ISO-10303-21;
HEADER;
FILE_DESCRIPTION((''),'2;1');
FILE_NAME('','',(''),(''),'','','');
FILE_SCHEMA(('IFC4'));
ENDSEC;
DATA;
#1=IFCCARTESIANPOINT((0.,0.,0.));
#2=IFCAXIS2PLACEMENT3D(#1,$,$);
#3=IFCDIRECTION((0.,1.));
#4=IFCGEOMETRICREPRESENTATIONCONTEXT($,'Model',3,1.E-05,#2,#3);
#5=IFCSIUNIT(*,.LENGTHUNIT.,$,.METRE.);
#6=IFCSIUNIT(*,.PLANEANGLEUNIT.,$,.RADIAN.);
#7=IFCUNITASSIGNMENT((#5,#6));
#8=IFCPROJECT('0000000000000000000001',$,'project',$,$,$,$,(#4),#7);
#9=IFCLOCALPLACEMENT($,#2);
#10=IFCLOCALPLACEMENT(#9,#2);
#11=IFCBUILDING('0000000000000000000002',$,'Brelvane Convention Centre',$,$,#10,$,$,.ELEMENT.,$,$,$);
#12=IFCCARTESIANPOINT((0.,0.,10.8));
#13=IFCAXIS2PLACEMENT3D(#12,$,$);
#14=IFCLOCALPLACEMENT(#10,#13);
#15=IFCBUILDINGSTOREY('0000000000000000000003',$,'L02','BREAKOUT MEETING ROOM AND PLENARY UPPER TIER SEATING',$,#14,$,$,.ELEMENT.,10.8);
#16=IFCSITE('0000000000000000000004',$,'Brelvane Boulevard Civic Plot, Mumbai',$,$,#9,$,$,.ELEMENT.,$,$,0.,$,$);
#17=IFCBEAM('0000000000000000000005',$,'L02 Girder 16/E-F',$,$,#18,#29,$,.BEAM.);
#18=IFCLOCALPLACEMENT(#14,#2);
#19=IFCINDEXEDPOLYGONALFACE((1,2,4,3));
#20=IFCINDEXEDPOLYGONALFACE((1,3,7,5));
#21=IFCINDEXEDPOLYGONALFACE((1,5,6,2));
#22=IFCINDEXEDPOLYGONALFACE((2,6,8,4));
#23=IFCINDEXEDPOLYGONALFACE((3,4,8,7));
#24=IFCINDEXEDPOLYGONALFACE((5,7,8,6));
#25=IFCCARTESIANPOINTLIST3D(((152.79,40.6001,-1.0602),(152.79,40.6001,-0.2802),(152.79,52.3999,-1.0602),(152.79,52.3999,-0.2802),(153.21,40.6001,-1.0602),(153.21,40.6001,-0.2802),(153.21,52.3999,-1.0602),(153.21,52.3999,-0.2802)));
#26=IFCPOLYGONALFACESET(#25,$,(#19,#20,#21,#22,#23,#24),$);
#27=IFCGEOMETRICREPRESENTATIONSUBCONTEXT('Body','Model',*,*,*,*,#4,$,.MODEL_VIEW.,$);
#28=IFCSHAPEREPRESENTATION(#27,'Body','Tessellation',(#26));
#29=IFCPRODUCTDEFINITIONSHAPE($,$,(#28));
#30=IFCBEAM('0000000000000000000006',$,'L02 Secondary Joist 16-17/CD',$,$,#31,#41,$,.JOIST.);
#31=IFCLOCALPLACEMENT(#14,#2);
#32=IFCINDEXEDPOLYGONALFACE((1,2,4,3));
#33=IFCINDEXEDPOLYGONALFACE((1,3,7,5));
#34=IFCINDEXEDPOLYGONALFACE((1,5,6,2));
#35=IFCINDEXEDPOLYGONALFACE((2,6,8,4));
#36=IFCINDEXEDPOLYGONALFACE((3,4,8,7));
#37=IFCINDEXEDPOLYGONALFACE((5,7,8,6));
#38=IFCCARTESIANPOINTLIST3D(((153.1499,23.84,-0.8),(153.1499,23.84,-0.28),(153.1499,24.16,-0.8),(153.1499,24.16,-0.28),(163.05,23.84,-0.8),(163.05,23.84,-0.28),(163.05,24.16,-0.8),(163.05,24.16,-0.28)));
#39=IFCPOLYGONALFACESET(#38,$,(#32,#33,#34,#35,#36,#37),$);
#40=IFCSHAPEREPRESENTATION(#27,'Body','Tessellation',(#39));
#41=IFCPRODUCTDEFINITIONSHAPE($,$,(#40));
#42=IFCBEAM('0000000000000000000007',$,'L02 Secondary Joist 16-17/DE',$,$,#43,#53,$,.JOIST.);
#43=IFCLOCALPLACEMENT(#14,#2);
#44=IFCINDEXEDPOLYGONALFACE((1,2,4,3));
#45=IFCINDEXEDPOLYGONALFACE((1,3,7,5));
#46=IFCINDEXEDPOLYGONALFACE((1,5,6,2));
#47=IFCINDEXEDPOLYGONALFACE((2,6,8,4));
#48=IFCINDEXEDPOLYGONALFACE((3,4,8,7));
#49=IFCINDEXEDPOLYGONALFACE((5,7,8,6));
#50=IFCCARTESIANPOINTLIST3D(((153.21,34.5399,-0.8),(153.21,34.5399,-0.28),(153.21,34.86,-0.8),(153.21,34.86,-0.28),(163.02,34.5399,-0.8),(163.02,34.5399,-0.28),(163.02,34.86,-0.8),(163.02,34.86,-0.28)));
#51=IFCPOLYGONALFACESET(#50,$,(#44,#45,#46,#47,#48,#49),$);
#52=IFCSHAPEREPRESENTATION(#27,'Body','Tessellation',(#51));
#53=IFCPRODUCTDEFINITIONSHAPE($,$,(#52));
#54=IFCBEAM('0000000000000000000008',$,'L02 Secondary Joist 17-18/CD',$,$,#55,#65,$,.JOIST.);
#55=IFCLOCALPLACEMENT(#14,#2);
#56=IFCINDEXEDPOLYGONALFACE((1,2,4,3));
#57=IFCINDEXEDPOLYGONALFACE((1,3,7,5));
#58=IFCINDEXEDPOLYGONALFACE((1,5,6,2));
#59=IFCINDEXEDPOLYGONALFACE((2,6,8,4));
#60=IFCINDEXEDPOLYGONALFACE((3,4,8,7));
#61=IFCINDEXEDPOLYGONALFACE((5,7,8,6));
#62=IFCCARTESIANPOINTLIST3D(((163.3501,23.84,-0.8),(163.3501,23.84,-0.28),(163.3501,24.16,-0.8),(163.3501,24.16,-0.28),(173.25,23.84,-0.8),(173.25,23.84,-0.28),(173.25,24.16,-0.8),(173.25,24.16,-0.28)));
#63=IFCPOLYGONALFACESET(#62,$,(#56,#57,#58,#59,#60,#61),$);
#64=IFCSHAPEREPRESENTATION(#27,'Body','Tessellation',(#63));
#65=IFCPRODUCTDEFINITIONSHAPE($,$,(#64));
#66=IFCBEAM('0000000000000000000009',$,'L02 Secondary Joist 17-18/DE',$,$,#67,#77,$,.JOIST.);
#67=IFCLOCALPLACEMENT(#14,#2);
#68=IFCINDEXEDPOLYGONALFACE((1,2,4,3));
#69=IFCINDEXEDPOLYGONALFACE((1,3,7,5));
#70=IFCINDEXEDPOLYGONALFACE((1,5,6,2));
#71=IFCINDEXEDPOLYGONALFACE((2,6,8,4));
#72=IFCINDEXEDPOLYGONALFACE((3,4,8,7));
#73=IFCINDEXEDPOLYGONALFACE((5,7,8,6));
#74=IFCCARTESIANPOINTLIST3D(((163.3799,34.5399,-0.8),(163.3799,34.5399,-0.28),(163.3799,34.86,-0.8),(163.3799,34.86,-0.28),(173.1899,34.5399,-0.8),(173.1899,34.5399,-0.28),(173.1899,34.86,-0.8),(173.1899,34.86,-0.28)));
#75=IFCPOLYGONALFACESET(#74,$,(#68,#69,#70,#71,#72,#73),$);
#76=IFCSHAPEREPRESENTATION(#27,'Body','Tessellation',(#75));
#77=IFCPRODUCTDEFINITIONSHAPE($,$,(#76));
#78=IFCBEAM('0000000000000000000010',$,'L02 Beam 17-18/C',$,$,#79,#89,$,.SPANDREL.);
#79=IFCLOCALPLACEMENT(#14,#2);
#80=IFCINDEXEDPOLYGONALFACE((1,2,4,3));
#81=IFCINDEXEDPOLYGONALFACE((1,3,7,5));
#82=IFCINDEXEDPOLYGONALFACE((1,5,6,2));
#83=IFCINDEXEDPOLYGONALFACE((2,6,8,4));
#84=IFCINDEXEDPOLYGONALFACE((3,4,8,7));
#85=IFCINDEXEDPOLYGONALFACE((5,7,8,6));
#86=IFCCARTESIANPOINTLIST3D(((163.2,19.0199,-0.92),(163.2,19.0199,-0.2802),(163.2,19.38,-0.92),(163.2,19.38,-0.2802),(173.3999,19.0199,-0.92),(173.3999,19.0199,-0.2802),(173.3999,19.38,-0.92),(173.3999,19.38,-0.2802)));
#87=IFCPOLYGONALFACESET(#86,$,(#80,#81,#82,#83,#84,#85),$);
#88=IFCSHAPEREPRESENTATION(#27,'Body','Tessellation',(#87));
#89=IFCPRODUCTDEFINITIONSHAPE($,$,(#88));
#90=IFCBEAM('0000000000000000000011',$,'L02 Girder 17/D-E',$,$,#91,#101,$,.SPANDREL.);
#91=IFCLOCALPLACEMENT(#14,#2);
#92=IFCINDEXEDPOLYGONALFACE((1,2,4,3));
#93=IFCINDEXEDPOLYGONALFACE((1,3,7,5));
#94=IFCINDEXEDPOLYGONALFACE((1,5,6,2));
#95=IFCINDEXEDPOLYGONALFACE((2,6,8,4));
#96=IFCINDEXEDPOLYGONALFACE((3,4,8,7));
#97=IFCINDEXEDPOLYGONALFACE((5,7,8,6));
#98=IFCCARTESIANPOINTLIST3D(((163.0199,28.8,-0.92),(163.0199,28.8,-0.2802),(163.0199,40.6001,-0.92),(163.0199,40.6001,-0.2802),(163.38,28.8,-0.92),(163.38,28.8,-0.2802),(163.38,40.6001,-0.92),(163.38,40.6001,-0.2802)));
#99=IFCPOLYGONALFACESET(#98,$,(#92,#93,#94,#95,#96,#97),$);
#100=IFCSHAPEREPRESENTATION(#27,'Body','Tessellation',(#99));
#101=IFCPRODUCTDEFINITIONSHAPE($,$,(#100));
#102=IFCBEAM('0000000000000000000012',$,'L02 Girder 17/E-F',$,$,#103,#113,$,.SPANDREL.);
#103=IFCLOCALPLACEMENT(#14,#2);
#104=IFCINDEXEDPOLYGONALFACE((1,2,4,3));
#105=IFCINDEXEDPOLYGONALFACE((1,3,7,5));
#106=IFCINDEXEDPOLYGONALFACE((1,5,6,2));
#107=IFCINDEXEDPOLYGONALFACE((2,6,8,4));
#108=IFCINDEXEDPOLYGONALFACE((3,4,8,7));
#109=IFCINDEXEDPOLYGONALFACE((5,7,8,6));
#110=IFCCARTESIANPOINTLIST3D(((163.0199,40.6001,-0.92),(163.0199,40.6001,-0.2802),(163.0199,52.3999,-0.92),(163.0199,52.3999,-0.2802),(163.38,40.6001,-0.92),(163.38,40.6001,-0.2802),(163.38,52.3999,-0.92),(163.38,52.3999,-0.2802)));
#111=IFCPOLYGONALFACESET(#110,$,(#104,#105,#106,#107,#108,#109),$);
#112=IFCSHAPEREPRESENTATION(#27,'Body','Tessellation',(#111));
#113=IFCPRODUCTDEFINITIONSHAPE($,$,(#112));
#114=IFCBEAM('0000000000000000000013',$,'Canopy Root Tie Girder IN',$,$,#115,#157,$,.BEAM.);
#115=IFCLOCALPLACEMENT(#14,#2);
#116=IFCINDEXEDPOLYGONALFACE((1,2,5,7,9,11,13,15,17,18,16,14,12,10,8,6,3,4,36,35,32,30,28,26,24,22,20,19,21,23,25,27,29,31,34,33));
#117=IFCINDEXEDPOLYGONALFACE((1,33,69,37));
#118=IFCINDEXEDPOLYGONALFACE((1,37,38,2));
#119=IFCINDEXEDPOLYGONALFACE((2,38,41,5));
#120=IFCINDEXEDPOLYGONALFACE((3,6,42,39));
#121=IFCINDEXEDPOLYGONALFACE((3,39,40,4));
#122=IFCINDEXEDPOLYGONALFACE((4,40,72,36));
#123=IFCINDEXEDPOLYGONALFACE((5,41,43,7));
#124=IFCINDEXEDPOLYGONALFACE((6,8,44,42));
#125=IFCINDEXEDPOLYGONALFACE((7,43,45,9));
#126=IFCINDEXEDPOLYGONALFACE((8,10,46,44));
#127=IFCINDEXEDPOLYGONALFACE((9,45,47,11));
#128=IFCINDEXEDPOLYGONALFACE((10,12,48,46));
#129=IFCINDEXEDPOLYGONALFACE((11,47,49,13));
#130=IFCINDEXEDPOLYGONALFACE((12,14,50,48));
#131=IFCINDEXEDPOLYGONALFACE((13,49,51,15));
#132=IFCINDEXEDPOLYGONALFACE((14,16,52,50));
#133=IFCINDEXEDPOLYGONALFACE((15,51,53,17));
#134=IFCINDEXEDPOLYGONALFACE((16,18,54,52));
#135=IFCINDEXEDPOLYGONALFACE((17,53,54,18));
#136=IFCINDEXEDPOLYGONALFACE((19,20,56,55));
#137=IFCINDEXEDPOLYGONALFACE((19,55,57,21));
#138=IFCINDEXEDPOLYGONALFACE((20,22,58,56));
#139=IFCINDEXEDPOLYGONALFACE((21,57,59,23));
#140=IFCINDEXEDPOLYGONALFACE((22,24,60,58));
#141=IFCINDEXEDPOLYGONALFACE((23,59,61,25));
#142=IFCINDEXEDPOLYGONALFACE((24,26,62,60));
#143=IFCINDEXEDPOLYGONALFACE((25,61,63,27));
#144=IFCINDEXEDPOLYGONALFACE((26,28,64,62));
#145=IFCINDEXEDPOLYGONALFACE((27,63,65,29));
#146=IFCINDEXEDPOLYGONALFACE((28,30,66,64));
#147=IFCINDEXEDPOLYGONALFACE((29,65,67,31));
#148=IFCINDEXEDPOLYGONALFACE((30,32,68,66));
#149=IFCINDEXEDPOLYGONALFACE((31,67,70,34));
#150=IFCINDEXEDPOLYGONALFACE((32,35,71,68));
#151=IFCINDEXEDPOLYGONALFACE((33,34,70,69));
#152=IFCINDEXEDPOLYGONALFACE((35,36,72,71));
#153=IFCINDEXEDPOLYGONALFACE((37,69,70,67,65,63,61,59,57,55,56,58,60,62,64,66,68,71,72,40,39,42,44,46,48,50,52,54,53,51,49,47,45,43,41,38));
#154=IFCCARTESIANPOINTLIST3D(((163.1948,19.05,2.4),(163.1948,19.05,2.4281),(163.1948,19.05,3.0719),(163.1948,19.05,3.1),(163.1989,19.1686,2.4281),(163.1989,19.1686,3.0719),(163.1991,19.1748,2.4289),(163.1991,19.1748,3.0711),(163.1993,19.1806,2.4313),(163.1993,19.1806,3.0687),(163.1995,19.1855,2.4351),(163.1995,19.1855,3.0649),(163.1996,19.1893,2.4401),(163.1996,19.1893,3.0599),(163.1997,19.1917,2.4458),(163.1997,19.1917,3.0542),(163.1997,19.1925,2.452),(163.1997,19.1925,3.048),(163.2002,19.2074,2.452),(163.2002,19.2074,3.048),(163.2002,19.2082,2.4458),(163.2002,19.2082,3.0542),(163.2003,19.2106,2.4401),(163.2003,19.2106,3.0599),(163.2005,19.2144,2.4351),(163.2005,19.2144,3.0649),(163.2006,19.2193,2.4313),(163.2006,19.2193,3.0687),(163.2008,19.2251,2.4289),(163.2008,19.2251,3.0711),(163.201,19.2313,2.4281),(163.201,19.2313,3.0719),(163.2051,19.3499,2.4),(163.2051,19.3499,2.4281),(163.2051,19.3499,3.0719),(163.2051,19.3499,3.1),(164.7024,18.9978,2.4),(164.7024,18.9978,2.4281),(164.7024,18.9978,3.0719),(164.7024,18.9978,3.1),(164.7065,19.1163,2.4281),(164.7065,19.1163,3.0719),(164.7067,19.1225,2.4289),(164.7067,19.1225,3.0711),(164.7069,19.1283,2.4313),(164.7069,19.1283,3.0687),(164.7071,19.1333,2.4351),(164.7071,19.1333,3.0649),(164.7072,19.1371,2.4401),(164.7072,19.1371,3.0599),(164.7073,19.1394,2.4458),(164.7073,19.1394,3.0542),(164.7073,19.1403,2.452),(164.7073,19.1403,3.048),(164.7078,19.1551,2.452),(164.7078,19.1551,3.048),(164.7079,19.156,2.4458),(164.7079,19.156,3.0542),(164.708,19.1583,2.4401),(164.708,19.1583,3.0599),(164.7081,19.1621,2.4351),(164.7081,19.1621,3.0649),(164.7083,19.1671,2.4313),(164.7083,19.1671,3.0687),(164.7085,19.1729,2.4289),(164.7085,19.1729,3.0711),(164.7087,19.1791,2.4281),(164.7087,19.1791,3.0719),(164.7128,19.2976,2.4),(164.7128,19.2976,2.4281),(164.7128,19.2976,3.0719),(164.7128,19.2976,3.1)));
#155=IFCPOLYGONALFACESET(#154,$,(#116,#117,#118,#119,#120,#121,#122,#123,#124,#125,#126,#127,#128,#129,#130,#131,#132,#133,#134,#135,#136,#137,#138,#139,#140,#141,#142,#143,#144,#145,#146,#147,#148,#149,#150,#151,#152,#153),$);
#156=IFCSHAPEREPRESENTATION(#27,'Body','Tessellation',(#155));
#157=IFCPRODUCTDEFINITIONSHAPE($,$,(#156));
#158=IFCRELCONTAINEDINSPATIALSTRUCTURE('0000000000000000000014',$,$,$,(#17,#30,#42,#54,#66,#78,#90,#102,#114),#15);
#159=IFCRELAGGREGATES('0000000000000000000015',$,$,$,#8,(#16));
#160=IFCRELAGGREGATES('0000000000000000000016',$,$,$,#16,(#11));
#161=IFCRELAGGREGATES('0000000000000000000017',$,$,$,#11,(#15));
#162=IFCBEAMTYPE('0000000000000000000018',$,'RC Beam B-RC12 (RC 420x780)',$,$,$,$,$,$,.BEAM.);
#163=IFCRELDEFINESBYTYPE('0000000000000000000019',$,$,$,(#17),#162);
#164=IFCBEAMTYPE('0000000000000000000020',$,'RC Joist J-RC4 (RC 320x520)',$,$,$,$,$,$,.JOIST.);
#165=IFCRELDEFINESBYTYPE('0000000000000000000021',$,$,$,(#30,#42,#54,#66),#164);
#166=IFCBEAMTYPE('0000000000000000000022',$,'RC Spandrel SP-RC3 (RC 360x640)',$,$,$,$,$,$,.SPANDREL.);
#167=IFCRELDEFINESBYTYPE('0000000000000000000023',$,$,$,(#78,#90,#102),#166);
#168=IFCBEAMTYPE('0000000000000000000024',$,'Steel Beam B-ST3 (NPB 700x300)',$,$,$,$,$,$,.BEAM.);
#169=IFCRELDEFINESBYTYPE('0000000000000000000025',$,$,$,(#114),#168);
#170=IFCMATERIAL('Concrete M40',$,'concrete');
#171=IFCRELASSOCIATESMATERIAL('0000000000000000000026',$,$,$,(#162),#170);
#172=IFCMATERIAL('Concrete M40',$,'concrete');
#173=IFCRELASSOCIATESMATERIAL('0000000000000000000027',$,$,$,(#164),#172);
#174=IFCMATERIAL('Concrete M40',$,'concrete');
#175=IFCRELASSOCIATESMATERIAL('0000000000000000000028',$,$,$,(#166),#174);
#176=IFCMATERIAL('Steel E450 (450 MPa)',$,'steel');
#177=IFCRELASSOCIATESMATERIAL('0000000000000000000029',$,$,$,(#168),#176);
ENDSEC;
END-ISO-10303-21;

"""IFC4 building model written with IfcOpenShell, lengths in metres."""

from ifc_helpers import new_model, si_unit, direction, frame, origin, origin_2d, place, context, subcontext, project, spatial, rectangle, i_section, extrude, material, material_profile, profile_set, type_object, element, save


model = new_model("IFC4")

# Units and contexts
model_context = context("Model", 3, precision=1e-05, world=origin(), true_north=direction((0.0, 1.0)))
body_context = subcontext(model_context, "Body", "Model", "MODEL_VIEW")
ifc_project = project(units=[si_unit("LENGTHUNIT", "METRE"), si_unit("PLANEANGLEUNIT", "RADIAN")], contexts=[model_context])

# Site, building, storey
site_placement = place(None, origin())
site = spatial("IfcSite", under=ifc_project, at=site_placement, Name="Brelvane Boulevard Civic Plot, Mumbai", CompositionType="ELEMENT", RefElevation=0.0)
building_placement = place(site_placement, origin())
building = spatial("IfcBuilding", under=site, at=building_placement, Name="Brelvane Convention Centre", CompositionType="ELEMENT")
storey_placement = place(building_placement, frame((0.0, 0.0, 10.8)))
storey = spatial("IfcBuildingStorey", under=building, at=storey_placement, Name="L02", Description="BREAKOUT MEETING ROOM AND PLENARY UPPER TIER SEATING", CompositionType="ELEMENT", Elevation=10.8)

# Beams
ifc_material_1 = material(Name="Concrete M40", Category="concrete")
ifc_material_profile_1 = material_profile(ifc_material_1, rectangle(XDim=0.4199, YDim=0.78, at=origin_2d()), Name="RC 420x780")
ifc_profile_set_1 = profile_set([ifc_material_profile_1], Name="Concrete M40")
beam_type_1 = type_object("IfcBeamType", Name="RC Beam B-RC12 (RC 420x780)", PredefinedType="BEAM", material=ifc_profile_set_1)
beam_1_placement = place(storey_placement, frame((153.0, 40.6001, -0.6702), z_axis=(0.0, 1.0, 0.0), x_axis=(-1.0, 0.0, 0.0)))
element("IfcBeam", 1, at=beam_1_placement, inside=storey, type_object=beam_type_1, Name="L02 Girder 16/E-F", PredefinedType="BEAM", context=body_context, shape_type="SweptSolid", body=[
    extrude(rectangle(XDim=0.4199, YDim=0.78, at=origin_2d()), origin(), (0.0, 0.0, 1.0), 11.7998),
])
ifc_material_2 = material(Name="Concrete M40", Category="concrete")
ifc_material_profile_2 = material_profile(ifc_material_2, rectangle(XDim=0.3201, YDim=0.52, at=origin_2d()), Name="RC 320x520")
ifc_profile_set_2 = profile_set([ifc_material_profile_2], Name="Concrete M40")
beam_type_2 = type_object("IfcBeamType", Name="RC Joist J-RC4 (RC 320x520)", PredefinedType="JOIST", material=ifc_profile_set_2)
beam_2_placement = place(storey_placement, frame((153.1499, 24.0, -0.54), z_axis=(1.0, 0.0, 0.0), x_axis=(0.0, 1.0, 0.0)))
element("IfcBeam", 2, at=beam_2_placement, inside=storey, type_object=beam_type_2, Name="L02 Secondary Joist 16-17/CD", PredefinedType="JOIST", context=body_context, shape_type="SweptSolid", body=[
    extrude(rectangle(XDim=0.3201, YDim=0.52, at=origin_2d()), origin(), (0.0, 0.0, 1.0), 9.9001),
])
beam_3_placement = place(storey_placement, frame((153.21, 34.7, -0.54), z_axis=(1.0, 0.0, 0.0), x_axis=(0.0, 1.0, 0.0)))
element("IfcBeam", 3, at=beam_3_placement, inside=storey, type_object=beam_type_2, Name="L02 Secondary Joist 16-17/DE", PredefinedType="JOIST", context=body_context, shape_type="SweptSolid", body=[
    extrude(rectangle(XDim=0.3201, YDim=0.52, at=origin_2d()), origin(), (0.0, 0.0, 1.0), 9.8101),
])
beam_4_placement = place(storey_placement, frame((163.3501, 24.0, -0.54), z_axis=(1.0, 0.0, 0.0), x_axis=(0.0, 1.0, 0.0)))
element("IfcBeam", 4, at=beam_4_placement, inside=storey, type_object=beam_type_2, Name="L02 Secondary Joist 17-18/CD", PredefinedType="JOIST", context=body_context, shape_type="SweptSolid", body=[
    extrude(rectangle(XDim=0.3201, YDim=0.52, at=origin_2d()), origin(), (0.0, 0.0, 1.0), 9.8999),
])
beam_5_placement = place(storey_placement, frame((163.3799, 34.7, -0.54), z_axis=(1.0, 0.0, 0.0), x_axis=(0.0, 1.0, 0.0)))
element("IfcBeam", 5, at=beam_5_placement, inside=storey, type_object=beam_type_2, Name="L02 Secondary Joist 17-18/DE", PredefinedType="JOIST", context=body_context, shape_type="SweptSolid", body=[
    extrude(rectangle(XDim=0.3201, YDim=0.52, at=origin_2d()), origin(), (0.0, 0.0, 1.0), 9.8101),
])
ifc_material_3 = material(Name="Concrete M40", Category="concrete")
ifc_material_profile_3 = material_profile(ifc_material_3, rectangle(XDim=0.3601, YDim=0.6399, at=origin_2d()), Name="RC 360x640")
ifc_profile_set_3 = profile_set([ifc_material_profile_3], Name="Concrete M40")
beam_type_3 = type_object("IfcBeamType", Name="RC Spandrel SP-RC3 (RC 360x640)", PredefinedType="SPANDREL", material=ifc_profile_set_3)
beam_6_placement = place(storey_placement, frame((163.2, 19.2, -0.6001), z_axis=(1.0, 0.0, 0.0), x_axis=(0.0, 1.0, 0.0)))
element("IfcBeam", 6, at=beam_6_placement, inside=storey, type_object=beam_type_3, Name="L02 Beam 17-18/C", PredefinedType="SPANDREL", context=body_context, shape_type="SweptSolid", body=[
    extrude(rectangle(XDim=0.3601, YDim=0.6399, at=origin_2d()), origin(), (0.0, 0.0, 1.0), 10.2),
])
beam_7_placement = place(storey_placement, frame((163.2, 28.8, -0.6001), z_axis=(0.0, 1.0, 0.0), x_axis=(-1.0, 0.0, 0.0)))
element("IfcBeam", 7, at=beam_7_placement, inside=storey, type_object=beam_type_3, Name="L02 Girder 17/D-E", PredefinedType="SPANDREL", context=body_context, shape_type="SweptSolid", body=[
    extrude(rectangle(XDim=0.3601, YDim=0.6399, at=origin_2d()), origin(), (0.0, 0.0, 1.0), 11.8),
])
beam_8_placement = place(storey_placement, frame((163.2, 40.6001, -0.6001), z_axis=(0.0, 1.0, 0.0), x_axis=(-1.0, 0.0, 0.0)))
element("IfcBeam", 8, at=beam_8_placement, inside=storey, type_object=beam_type_3, Name="L02 Girder 17/E-F", PredefinedType="SPANDREL", context=body_context, shape_type="SweptSolid", body=[
    extrude(rectangle(XDim=0.3601, YDim=0.6399, at=origin_2d()), origin(), (0.0, 0.0, 1.0), 11.7998),
])
ifc_material_4 = material(Name="Steel E450 (450 MPa)", Category="steel")
ifc_material_profile_4 = material_profile(ifc_material_4, i_section(OverallWidth=0.3, OverallDepth=0.7, WebThickness=0.0149, FlangeThickness=0.0281, FilletRadius=0.0239, at=origin_2d()), Name="NPB 700x300")
ifc_profile_set_4 = profile_set([ifc_material_profile_4], Name="Steel E450 (450 MPa)")
beam_type_4 = type_object("IfcBeamType", Name="Steel Beam B-ST3 (NPB 700x300)", PredefinedType="BEAM", material=ifc_profile_set_4)
beam_9_placement = place(storey_placement, frame((163.2, 19.2, 2.75), z_axis=(0.9994, -0.034635, 0.0), x_axis=(0.034635, 0.9994, 0.0)))
element("IfcBeam", 9, at=beam_9_placement, inside=storey, type_object=beam_type_4, Name="Canopy Root Tie Girder IN", PredefinedType="BEAM", context=body_context, shape_type="SweptSolid", body=[
    extrude(i_section(OverallWidth=0.3, OverallDepth=0.7, WebThickness=0.0149, FlangeThickness=0.0281, FilletRadius=0.0239, at=origin_2d()), origin(), (0.0, 0.0, 1.0), 1.5085),
])

save(model, "model.ifc")
